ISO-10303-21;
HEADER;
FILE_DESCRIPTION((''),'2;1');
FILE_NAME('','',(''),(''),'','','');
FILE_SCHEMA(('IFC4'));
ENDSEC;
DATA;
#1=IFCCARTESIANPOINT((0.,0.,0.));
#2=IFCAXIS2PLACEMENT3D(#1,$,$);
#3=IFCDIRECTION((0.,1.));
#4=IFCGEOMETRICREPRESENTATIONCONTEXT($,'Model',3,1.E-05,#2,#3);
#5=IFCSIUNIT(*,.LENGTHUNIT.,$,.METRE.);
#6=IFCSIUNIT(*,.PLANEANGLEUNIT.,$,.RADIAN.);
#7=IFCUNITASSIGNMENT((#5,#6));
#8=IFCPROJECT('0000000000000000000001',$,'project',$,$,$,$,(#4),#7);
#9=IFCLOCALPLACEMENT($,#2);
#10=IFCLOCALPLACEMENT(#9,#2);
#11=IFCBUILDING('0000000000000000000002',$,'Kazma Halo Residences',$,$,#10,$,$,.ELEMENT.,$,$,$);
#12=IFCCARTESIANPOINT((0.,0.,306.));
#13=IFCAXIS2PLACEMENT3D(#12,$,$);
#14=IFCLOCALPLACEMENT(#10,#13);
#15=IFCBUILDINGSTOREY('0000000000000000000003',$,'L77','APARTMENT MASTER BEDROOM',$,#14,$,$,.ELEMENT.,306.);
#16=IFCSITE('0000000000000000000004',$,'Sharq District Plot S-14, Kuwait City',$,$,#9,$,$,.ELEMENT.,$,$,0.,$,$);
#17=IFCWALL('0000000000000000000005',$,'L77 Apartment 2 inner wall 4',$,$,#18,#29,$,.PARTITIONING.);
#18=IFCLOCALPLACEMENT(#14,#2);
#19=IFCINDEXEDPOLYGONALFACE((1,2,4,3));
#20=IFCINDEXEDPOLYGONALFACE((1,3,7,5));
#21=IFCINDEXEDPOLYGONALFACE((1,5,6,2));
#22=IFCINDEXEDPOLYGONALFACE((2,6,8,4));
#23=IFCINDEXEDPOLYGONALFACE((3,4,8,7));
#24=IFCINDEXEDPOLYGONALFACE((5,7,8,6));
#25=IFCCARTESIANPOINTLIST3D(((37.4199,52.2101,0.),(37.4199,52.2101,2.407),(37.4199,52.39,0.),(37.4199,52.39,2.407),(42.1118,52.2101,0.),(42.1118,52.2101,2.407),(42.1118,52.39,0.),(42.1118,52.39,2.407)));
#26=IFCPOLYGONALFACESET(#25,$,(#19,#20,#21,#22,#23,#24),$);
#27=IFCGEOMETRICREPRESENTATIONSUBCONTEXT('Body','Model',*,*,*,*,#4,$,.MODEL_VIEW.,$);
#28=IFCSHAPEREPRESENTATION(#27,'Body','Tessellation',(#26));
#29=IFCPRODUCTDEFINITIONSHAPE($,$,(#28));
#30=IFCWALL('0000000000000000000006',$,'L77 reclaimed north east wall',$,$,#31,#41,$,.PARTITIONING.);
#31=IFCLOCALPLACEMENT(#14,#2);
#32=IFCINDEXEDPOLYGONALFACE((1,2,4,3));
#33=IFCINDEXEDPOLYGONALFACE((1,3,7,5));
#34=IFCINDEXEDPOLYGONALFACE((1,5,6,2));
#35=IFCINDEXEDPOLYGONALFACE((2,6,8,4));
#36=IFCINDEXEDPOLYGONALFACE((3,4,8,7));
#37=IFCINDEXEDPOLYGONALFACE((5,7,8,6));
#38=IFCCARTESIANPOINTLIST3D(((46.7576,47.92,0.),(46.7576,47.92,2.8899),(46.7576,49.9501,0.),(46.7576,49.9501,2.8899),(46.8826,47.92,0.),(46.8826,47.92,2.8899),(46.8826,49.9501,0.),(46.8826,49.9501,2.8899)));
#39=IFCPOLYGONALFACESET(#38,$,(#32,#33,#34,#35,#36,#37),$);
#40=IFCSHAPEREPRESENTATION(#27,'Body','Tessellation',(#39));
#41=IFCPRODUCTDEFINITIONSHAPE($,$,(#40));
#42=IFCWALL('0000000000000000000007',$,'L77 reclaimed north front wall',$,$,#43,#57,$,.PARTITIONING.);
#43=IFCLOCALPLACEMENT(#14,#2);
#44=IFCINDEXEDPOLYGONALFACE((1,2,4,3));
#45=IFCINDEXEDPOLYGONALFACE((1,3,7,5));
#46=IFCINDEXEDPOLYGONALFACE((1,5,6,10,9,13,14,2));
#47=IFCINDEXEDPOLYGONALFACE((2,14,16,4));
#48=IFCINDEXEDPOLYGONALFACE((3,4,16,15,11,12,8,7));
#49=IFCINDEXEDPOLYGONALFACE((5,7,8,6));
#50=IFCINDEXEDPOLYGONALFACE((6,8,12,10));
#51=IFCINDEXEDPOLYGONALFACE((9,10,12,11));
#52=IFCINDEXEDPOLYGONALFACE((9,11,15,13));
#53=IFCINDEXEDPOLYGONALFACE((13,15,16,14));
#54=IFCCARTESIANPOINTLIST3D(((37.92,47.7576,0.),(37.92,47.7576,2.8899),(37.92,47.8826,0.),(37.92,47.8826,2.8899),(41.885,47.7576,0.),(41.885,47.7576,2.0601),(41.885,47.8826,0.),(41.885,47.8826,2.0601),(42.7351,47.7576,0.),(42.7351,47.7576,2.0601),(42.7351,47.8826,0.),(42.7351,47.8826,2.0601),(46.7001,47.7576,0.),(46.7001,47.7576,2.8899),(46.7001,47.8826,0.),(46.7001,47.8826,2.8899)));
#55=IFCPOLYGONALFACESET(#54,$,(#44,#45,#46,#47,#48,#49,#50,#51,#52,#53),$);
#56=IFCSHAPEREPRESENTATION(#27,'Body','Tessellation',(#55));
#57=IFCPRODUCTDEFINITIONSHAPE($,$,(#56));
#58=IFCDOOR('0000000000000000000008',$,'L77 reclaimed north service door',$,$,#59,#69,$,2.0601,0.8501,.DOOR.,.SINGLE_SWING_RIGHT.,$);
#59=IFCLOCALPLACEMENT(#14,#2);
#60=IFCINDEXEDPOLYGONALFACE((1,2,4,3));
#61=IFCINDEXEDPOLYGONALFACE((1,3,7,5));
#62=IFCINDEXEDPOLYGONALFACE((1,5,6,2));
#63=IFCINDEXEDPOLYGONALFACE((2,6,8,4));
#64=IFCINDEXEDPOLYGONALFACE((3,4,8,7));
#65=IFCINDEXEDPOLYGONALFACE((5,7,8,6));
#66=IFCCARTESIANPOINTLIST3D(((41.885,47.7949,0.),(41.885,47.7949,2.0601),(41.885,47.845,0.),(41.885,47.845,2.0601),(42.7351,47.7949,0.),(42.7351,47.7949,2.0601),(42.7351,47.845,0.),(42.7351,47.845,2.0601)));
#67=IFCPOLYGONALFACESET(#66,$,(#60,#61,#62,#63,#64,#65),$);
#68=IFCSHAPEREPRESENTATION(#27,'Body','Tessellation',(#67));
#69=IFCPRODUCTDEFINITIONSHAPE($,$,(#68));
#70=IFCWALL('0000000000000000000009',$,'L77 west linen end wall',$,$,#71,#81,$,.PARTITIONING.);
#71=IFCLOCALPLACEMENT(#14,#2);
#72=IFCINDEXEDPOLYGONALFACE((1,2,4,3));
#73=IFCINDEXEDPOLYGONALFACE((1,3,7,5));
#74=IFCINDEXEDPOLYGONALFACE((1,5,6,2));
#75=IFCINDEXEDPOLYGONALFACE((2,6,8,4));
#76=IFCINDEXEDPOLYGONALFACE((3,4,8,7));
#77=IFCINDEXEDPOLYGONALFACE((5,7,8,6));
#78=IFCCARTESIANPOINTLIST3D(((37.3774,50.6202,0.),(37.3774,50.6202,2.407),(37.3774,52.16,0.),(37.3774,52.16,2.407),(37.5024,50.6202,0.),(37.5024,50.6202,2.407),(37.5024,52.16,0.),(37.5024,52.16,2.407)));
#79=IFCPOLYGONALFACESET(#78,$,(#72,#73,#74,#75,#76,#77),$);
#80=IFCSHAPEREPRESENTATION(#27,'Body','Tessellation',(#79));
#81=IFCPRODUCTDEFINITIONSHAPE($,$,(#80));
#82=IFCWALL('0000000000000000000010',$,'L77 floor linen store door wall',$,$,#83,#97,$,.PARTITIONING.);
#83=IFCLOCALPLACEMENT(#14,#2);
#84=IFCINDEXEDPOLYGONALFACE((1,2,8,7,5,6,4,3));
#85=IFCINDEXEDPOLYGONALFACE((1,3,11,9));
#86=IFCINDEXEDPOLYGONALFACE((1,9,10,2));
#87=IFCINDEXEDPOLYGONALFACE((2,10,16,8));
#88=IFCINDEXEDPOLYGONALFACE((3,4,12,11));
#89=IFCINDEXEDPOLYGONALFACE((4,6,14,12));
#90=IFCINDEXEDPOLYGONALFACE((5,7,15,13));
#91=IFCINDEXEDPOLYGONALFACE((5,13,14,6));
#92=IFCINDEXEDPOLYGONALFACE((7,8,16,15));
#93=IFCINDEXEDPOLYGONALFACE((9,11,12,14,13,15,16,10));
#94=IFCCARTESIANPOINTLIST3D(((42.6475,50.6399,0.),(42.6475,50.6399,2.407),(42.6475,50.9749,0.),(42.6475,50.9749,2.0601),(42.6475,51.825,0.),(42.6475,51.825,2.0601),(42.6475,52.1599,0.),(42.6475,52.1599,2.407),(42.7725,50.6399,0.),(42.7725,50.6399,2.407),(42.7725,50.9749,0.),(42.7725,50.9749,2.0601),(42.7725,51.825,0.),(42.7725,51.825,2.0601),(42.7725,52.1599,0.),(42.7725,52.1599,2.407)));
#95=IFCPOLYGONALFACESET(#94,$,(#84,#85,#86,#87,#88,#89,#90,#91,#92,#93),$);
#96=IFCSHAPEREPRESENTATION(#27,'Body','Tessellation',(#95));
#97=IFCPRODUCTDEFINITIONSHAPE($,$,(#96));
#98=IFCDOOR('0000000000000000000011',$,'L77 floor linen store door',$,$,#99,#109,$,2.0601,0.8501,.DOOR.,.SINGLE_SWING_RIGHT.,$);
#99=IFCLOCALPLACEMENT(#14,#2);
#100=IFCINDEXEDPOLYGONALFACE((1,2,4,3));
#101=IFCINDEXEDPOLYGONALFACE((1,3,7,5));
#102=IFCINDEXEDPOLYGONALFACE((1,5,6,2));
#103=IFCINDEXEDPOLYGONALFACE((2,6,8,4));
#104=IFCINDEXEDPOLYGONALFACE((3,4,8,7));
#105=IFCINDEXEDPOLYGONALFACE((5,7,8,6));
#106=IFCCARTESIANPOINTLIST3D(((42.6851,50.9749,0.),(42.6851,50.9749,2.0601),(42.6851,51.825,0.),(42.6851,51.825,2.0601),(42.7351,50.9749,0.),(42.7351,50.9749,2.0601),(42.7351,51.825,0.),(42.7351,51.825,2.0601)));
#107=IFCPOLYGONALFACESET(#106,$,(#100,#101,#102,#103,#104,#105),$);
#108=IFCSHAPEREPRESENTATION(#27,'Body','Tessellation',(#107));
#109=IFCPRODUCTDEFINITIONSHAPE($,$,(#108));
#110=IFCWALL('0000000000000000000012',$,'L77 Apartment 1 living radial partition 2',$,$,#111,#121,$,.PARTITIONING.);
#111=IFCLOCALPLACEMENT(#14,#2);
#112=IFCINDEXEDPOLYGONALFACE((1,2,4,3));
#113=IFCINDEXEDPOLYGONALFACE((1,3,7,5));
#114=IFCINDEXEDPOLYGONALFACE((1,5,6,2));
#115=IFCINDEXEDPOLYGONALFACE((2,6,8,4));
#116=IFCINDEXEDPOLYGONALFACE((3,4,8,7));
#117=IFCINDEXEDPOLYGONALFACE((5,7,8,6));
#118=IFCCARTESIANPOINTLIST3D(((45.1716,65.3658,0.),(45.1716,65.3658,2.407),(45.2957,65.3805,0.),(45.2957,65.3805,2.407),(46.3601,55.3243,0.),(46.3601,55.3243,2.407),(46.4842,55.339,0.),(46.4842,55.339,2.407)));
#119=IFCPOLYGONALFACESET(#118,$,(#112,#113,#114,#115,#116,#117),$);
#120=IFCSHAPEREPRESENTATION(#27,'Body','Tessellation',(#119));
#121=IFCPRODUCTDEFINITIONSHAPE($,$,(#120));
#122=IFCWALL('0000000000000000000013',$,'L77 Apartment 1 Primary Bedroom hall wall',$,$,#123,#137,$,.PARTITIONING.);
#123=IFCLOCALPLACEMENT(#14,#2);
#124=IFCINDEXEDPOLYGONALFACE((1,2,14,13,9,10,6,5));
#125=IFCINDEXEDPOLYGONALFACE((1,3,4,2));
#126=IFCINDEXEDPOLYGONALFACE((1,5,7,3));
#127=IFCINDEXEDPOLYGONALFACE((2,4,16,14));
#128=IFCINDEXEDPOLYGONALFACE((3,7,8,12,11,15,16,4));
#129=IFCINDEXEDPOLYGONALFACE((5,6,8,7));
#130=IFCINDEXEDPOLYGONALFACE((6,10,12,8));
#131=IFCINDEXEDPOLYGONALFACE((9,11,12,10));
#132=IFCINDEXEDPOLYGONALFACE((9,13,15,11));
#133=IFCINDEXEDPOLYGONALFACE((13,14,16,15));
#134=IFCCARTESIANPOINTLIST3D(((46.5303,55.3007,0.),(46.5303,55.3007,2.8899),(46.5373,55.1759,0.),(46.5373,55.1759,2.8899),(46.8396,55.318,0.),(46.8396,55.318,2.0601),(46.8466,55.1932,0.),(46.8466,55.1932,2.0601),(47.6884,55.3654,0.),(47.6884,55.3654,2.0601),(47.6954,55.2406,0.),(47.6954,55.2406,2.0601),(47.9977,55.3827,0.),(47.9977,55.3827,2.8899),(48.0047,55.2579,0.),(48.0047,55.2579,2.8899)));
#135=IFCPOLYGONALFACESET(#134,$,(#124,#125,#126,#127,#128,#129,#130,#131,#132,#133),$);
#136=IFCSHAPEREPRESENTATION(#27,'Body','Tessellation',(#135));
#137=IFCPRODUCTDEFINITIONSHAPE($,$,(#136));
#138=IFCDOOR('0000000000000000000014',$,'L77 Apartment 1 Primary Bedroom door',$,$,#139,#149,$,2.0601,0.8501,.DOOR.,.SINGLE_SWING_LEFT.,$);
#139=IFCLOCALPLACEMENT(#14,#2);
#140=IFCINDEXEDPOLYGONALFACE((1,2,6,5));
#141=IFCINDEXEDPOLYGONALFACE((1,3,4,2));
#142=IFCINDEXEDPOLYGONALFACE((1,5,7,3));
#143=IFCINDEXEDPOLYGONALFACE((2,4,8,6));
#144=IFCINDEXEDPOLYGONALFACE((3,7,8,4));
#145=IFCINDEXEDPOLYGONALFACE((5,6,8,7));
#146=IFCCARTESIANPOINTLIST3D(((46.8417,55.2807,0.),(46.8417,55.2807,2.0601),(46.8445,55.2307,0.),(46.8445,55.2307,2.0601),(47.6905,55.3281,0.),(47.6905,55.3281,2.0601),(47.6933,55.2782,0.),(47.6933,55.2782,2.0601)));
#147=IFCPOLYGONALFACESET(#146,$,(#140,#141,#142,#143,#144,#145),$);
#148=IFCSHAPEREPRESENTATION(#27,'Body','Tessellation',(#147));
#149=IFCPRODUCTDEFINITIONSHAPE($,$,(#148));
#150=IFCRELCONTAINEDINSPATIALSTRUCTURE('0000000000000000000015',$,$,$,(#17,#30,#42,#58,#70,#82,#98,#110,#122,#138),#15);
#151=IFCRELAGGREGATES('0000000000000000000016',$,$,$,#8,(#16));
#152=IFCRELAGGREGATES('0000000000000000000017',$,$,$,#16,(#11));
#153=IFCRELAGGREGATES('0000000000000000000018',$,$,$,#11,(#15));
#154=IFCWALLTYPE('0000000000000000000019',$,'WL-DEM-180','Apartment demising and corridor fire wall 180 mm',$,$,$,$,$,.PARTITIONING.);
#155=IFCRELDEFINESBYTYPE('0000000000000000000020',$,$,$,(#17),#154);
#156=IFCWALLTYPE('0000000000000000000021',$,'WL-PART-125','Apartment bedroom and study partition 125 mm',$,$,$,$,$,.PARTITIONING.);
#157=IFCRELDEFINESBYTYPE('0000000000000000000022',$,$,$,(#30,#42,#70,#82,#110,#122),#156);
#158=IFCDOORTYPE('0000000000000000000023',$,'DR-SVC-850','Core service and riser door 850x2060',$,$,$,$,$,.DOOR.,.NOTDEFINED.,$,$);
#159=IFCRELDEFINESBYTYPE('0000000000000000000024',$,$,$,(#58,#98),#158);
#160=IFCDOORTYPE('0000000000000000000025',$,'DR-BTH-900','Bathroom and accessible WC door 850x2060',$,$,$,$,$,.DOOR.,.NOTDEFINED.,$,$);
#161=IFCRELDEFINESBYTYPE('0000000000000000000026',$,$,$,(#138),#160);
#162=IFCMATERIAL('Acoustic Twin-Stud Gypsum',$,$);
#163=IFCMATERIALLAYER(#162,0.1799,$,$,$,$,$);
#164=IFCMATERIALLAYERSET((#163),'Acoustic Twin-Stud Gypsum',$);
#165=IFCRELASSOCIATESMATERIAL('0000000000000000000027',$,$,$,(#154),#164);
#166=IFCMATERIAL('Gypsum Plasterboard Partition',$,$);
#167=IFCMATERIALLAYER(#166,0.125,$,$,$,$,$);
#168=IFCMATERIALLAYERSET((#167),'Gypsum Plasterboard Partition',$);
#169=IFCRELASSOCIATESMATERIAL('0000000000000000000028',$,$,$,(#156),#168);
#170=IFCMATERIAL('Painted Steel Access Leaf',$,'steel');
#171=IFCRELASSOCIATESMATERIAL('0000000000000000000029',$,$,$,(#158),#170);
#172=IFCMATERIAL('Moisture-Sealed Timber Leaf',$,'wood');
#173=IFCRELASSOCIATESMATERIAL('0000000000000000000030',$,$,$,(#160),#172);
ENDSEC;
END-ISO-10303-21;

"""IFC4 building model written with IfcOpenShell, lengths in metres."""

from ifc_helpers import new_model, si_unit, direction, frame, frame_2d, origin, place, context, subcontext, project, spatial, rectangle, extrude, material, layer, layer_set, type_object, element, fill, save


model = new_model("IFC4")

# Units and contexts
model_context = context("Model", 3, precision=1e-05, world=origin(), true_north=direction((0.0, 1.0)))
body_context = subcontext(model_context, "Body", "Model", "MODEL_VIEW")
ifc_project = project(units=[si_unit("LENGTHUNIT", "METRE"), si_unit("PLANEANGLEUNIT", "RADIAN")], contexts=[model_context])

# Site, building, storey
site_placement = place(None, origin())
site = spatial("IfcSite", under=ifc_project, at=site_placement, Name="Sharq District Plot S-14, Kuwait City", CompositionType="ELEMENT", RefElevation=0.0)
building_placement = place(site_placement, origin())
building = spatial("IfcBuilding", under=site, at=building_placement, Name="Kazma Halo Residences", CompositionType="ELEMENT")
storey_placement = place(building_placement, frame((0.0, 0.0, 306.0)))
storey = spatial("IfcBuildingStorey", under=building, at=storey_placement, Name="L77", Description="APARTMENT MASTER BEDROOM", CompositionType="ELEMENT", Elevation=306.0)

# Shared definitions
ifc_material_1 = material(Name="Acoustic Twin-Stud Gypsum")
ifc_layer_1 = layer(ifc_material_1, 0.1799)
ifc_layer_set_1 = layer_set([ifc_layer_1], Name="Acoustic Twin-Stud Gypsum")
wall_type_1 = type_object("IfcWallType", Name="WL-DEM-180", Description="Apartment demising and corridor fire wall 180 mm", PredefinedType="PARTITIONING", material=ifc_layer_set_1)

# Wall
wall_1_placement = place(storey_placement, frame((42.1118, 52.3, 0.0), z_axis=(0.0, 0.0, 1.0), x_axis=(-1.0, 0.0, 0.0)))
element("IfcWall", 1, at=wall_1_placement, inside=storey, type_object=wall_type_1, Name="L77 Apartment 2 inner wall 4", PredefinedType="PARTITIONING", context=body_context, shape_type="SweptSolid", body=[
    extrude(rectangle(XDim=4.6919, YDim=0.1799, at=frame_2d((2.3459, 0.0))), origin(), (0.0, 0.0, 1.0), 2.407),
])

# Wall
ifc_material_2 = material(Name="Gypsum Plasterboard Partition")
ifc_layer_2 = layer(ifc_material_2, 0.125)
ifc_layer_set_2 = layer_set([ifc_layer_2], Name="Gypsum Plasterboard Partition")
wall_type_2 = type_object("IfcWallType", Name="WL-PART-125", Description="Apartment bedroom and study partition 125 mm", PredefinedType="PARTITIONING", material=ifc_layer_set_2)
wall_2_placement = place(storey_placement, frame((46.8201, 47.9199, 0.0), z_axis=(0.0, 0.0, 1.0), x_axis=(0.0, 1.0, 0.0)))
element("IfcWall", 2, at=wall_2_placement, inside=storey, type_object=wall_type_2, Name="L77 reclaimed north east wall", PredefinedType="PARTITIONING", context=body_context, shape_type="SweptSolid", body=[
    extrude(rectangle(XDim=2.03, YDim=0.125, at=frame_2d((1.0151, 0.0))), origin(), (0.0, 0.0, 1.0), 2.8899),
])

# Wall, opening, door
wall_3_placement = place(storey_placement, frame((37.9199, 47.8201, 0.0), z_axis=(0.0, 0.0, 1.0), x_axis=(1.0, 0.0, 0.0)))
wall_3 = element("IfcWall", 3, at=wall_3_placement, inside=storey, type_object=wall_type_2, Name="L77 reclaimed north front wall", PredefinedType="PARTITIONING", context=body_context, shape_type="SweptSolid", body=[
    extrude(rectangle(XDim=8.78, YDim=0.125, at=frame_2d((4.3901, 0.0))), origin(), (0.0, 0.0, 1.0), 2.8899),
])
opening_1_placement = place(wall_3_placement, frame((3.9651, 0.0, 0.0)))
opening_1 = element("IfcOpeningElement", 4, at=opening_1_placement, cuts=wall_3, PredefinedType="OPENING", context=body_context, shape_type="SweptSolid", body=[
    extrude(rectangle(XDim=0.8501, YDim=2.0601, at=frame_2d((0.425, 1.03))), frame((0.0, 0.0725, 0.0), z_axis=(0.0, -1.0, 0.0), x_axis=(1.0, 0.0, 0.0)), (0.0, 0.0, 1.0), 0.145),
])
ifc_material_3 = material(Name="Painted Steel Access Leaf", Category="steel")
door_type_1 = type_object("IfcDoorType", Name="DR-SVC-850", Description="Core service and riser door 850x2060", OperationType="NOTDEFINED", PredefinedType="DOOR", material=ifc_material_3)
door_1_placement = place(opening_1_placement, origin())
door_1 = element("IfcDoor", 5, at=door_1_placement, inside=storey, type_object=door_type_1, Name="L77 reclaimed north service door", OperationType="SINGLE_SWING_RIGHT", OverallHeight=2.0601, OverallWidth=0.8501, PredefinedType="DOOR", context=body_context, shape_type="SweptSolid", body=[
    extrude(rectangle(XDim=0.8501, YDim=2.0601, at=frame_2d((0.425, 1.03))), frame((0.0, 0.0249, 0.0), z_axis=(0.0, -1.0, 0.0), x_axis=(1.0, 0.0, 0.0)), (0.0, 0.0, 1.0), 0.05),
])
fill(opening_1, door_1)

# Wall
wall_4_placement = place(storey_placement, frame((37.4399, 50.6201, 0.0), z_axis=(0.0, 0.0, 1.0), x_axis=(0.0, 1.0, 0.0)))
element("IfcWall", 6, at=wall_4_placement, inside=storey, type_object=wall_type_2, Name="L77 west linen end wall", PredefinedType="PARTITIONING", context=body_context, shape_type="SweptSolid", body=[
    extrude(rectangle(XDim=1.5398, YDim=0.125, at=frame_2d((0.77, 0.0))), origin(), (0.0, 0.0, 1.0), 2.407),
])

# Wall, opening, door
wall_5_placement = place(storey_placement, frame((42.71, 50.6399, 0.0), z_axis=(0.0, 0.0, 1.0), x_axis=(0.0, 1.0, 0.0)))
wall_5 = element("IfcWall", 7, at=wall_5_placement, inside=storey, type_object=wall_type_2, Name="L77 floor linen store door wall", PredefinedType="PARTITIONING", context=body_context, shape_type="SweptSolid", body=[
    extrude(rectangle(XDim=1.52, YDim=0.125, at=frame_2d((0.76, 0.0))), origin(), (0.0, 0.0, 1.0), 2.407),
])
opening_2_placement = place(wall_5_placement, frame((0.335, 0.0, 0.0)))
opening_2 = element("IfcOpeningElement", 8, at=opening_2_placement, cuts=wall_5, PredefinedType="OPENING", context=body_context, shape_type="SweptSolid", body=[
    extrude(rectangle(XDim=0.8501, YDim=2.0601, at=frame_2d((0.425, 1.03))), frame((0.0, 0.0725, 0.0), z_axis=(0.0, -1.0, 0.0), x_axis=(1.0, 0.0, 0.0)), (0.0, 0.0, 1.0), 0.145),
])
door_2_placement = place(opening_2_placement, origin())
door_2 = element("IfcDoor", 9, at=door_2_placement, inside=storey, type_object=door_type_1, Name="L77 floor linen store door", OperationType="SINGLE_SWING_RIGHT", OverallHeight=2.0601, OverallWidth=0.8501, PredefinedType="DOOR", context=body_context, shape_type="SweptSolid", body=[
    extrude(rectangle(XDim=0.8501, YDim=2.0601, at=frame_2d((0.425, 1.03))), frame((0.0, 0.0249, 0.0), z_axis=(0.0, -1.0, 0.0), x_axis=(1.0, 0.0, 0.0)), (0.0, 0.0, 1.0), 0.05),
])
fill(opening_2, door_2)

# Wall
wall_6_placement = place(storey_placement, frame((46.4221, 55.3318, 0.0), z_axis=(0.0, 0.0, 1.0), x_axis=(-0.117536, 0.993069, 0.0)))
element("IfcWall", 10, at=wall_6_placement, inside=storey, type_object=wall_type_2, Name="L77 Apartment 1 living radial partition 2", PredefinedType="PARTITIONING", context=body_context, shape_type="SweptSolid", body=[
    extrude(rectangle(XDim=10.1116, YDim=0.125, at=frame_2d((5.0557, 0.0))), origin(), (0.0, 0.0, 1.0), 2.407),
])

# Wall, opening, door
wall_7_placement = place(storey_placement, frame((48.0012, 55.3203, 0.0), z_axis=(0.0, 0.0, 1.0), x_axis=(-0.998441, -0.05581, 0.0)))
wall_7 = element("IfcWall", 11, at=wall_7_placement, inside=storey, type_object=wall_type_2, Name="L77 Apartment 1 Primary Bedroom hall wall", PredefinedType="PARTITIONING", context=body_context, shape_type="SweptSolid", body=[
    extrude(rectangle(XDim=1.4697, YDim=0.125, at=frame_2d((0.7349, 0.0))), origin(), (0.0, 0.0, 1.0), 2.8899),
])
opening_3_placement = place(wall_7_placement, frame((0.3098, 0.0, 0.0)))
opening_3 = element("IfcOpeningElement", 12, at=opening_3_placement, cuts=wall_7, PredefinedType="OPENING", context=body_context, shape_type="SweptSolid", body=[
    extrude(rectangle(XDim=0.8501, YDim=2.0601, at=frame_2d((0.425, 1.03))), frame((0.0, 0.0725, 0.0), z_axis=(0.0, -1.0, 0.0), x_axis=(1.0, 0.0, 0.0)), (0.0, 0.0, 1.0), 0.145),
])
ifc_material_4 = material(Name="Moisture-Sealed Timber Leaf", Category="wood")
door_type_2 = type_object("IfcDoorType", Name="DR-BTH-900", Description="Bathroom and accessible WC door 850x2060", OperationType="NOTDEFINED", PredefinedType="DOOR", material=ifc_material_4)
door_3_placement = place(opening_3_placement, origin())
door_3 = element("IfcDoor", 13, at=door_3_placement, inside=storey, type_object=door_type_2, Name="L77 Apartment 1 Primary Bedroom door", OperationType="SINGLE_SWING_LEFT", OverallHeight=2.0601, OverallWidth=0.8501, PredefinedType="DOOR", context=body_context, shape_type="SweptSolid", body=[
    extrude(rectangle(XDim=0.8501, YDim=2.0601, at=frame_2d((0.425, 1.03))), frame((0.0, 0.0249, 0.0), z_axis=(0.0, -1.0, 0.0), x_axis=(1.0, 0.0, 0.0)), (0.0, 0.0, 1.0), 0.05),
])
fill(opening_3, door_3)

save(model, "model.ifc")
